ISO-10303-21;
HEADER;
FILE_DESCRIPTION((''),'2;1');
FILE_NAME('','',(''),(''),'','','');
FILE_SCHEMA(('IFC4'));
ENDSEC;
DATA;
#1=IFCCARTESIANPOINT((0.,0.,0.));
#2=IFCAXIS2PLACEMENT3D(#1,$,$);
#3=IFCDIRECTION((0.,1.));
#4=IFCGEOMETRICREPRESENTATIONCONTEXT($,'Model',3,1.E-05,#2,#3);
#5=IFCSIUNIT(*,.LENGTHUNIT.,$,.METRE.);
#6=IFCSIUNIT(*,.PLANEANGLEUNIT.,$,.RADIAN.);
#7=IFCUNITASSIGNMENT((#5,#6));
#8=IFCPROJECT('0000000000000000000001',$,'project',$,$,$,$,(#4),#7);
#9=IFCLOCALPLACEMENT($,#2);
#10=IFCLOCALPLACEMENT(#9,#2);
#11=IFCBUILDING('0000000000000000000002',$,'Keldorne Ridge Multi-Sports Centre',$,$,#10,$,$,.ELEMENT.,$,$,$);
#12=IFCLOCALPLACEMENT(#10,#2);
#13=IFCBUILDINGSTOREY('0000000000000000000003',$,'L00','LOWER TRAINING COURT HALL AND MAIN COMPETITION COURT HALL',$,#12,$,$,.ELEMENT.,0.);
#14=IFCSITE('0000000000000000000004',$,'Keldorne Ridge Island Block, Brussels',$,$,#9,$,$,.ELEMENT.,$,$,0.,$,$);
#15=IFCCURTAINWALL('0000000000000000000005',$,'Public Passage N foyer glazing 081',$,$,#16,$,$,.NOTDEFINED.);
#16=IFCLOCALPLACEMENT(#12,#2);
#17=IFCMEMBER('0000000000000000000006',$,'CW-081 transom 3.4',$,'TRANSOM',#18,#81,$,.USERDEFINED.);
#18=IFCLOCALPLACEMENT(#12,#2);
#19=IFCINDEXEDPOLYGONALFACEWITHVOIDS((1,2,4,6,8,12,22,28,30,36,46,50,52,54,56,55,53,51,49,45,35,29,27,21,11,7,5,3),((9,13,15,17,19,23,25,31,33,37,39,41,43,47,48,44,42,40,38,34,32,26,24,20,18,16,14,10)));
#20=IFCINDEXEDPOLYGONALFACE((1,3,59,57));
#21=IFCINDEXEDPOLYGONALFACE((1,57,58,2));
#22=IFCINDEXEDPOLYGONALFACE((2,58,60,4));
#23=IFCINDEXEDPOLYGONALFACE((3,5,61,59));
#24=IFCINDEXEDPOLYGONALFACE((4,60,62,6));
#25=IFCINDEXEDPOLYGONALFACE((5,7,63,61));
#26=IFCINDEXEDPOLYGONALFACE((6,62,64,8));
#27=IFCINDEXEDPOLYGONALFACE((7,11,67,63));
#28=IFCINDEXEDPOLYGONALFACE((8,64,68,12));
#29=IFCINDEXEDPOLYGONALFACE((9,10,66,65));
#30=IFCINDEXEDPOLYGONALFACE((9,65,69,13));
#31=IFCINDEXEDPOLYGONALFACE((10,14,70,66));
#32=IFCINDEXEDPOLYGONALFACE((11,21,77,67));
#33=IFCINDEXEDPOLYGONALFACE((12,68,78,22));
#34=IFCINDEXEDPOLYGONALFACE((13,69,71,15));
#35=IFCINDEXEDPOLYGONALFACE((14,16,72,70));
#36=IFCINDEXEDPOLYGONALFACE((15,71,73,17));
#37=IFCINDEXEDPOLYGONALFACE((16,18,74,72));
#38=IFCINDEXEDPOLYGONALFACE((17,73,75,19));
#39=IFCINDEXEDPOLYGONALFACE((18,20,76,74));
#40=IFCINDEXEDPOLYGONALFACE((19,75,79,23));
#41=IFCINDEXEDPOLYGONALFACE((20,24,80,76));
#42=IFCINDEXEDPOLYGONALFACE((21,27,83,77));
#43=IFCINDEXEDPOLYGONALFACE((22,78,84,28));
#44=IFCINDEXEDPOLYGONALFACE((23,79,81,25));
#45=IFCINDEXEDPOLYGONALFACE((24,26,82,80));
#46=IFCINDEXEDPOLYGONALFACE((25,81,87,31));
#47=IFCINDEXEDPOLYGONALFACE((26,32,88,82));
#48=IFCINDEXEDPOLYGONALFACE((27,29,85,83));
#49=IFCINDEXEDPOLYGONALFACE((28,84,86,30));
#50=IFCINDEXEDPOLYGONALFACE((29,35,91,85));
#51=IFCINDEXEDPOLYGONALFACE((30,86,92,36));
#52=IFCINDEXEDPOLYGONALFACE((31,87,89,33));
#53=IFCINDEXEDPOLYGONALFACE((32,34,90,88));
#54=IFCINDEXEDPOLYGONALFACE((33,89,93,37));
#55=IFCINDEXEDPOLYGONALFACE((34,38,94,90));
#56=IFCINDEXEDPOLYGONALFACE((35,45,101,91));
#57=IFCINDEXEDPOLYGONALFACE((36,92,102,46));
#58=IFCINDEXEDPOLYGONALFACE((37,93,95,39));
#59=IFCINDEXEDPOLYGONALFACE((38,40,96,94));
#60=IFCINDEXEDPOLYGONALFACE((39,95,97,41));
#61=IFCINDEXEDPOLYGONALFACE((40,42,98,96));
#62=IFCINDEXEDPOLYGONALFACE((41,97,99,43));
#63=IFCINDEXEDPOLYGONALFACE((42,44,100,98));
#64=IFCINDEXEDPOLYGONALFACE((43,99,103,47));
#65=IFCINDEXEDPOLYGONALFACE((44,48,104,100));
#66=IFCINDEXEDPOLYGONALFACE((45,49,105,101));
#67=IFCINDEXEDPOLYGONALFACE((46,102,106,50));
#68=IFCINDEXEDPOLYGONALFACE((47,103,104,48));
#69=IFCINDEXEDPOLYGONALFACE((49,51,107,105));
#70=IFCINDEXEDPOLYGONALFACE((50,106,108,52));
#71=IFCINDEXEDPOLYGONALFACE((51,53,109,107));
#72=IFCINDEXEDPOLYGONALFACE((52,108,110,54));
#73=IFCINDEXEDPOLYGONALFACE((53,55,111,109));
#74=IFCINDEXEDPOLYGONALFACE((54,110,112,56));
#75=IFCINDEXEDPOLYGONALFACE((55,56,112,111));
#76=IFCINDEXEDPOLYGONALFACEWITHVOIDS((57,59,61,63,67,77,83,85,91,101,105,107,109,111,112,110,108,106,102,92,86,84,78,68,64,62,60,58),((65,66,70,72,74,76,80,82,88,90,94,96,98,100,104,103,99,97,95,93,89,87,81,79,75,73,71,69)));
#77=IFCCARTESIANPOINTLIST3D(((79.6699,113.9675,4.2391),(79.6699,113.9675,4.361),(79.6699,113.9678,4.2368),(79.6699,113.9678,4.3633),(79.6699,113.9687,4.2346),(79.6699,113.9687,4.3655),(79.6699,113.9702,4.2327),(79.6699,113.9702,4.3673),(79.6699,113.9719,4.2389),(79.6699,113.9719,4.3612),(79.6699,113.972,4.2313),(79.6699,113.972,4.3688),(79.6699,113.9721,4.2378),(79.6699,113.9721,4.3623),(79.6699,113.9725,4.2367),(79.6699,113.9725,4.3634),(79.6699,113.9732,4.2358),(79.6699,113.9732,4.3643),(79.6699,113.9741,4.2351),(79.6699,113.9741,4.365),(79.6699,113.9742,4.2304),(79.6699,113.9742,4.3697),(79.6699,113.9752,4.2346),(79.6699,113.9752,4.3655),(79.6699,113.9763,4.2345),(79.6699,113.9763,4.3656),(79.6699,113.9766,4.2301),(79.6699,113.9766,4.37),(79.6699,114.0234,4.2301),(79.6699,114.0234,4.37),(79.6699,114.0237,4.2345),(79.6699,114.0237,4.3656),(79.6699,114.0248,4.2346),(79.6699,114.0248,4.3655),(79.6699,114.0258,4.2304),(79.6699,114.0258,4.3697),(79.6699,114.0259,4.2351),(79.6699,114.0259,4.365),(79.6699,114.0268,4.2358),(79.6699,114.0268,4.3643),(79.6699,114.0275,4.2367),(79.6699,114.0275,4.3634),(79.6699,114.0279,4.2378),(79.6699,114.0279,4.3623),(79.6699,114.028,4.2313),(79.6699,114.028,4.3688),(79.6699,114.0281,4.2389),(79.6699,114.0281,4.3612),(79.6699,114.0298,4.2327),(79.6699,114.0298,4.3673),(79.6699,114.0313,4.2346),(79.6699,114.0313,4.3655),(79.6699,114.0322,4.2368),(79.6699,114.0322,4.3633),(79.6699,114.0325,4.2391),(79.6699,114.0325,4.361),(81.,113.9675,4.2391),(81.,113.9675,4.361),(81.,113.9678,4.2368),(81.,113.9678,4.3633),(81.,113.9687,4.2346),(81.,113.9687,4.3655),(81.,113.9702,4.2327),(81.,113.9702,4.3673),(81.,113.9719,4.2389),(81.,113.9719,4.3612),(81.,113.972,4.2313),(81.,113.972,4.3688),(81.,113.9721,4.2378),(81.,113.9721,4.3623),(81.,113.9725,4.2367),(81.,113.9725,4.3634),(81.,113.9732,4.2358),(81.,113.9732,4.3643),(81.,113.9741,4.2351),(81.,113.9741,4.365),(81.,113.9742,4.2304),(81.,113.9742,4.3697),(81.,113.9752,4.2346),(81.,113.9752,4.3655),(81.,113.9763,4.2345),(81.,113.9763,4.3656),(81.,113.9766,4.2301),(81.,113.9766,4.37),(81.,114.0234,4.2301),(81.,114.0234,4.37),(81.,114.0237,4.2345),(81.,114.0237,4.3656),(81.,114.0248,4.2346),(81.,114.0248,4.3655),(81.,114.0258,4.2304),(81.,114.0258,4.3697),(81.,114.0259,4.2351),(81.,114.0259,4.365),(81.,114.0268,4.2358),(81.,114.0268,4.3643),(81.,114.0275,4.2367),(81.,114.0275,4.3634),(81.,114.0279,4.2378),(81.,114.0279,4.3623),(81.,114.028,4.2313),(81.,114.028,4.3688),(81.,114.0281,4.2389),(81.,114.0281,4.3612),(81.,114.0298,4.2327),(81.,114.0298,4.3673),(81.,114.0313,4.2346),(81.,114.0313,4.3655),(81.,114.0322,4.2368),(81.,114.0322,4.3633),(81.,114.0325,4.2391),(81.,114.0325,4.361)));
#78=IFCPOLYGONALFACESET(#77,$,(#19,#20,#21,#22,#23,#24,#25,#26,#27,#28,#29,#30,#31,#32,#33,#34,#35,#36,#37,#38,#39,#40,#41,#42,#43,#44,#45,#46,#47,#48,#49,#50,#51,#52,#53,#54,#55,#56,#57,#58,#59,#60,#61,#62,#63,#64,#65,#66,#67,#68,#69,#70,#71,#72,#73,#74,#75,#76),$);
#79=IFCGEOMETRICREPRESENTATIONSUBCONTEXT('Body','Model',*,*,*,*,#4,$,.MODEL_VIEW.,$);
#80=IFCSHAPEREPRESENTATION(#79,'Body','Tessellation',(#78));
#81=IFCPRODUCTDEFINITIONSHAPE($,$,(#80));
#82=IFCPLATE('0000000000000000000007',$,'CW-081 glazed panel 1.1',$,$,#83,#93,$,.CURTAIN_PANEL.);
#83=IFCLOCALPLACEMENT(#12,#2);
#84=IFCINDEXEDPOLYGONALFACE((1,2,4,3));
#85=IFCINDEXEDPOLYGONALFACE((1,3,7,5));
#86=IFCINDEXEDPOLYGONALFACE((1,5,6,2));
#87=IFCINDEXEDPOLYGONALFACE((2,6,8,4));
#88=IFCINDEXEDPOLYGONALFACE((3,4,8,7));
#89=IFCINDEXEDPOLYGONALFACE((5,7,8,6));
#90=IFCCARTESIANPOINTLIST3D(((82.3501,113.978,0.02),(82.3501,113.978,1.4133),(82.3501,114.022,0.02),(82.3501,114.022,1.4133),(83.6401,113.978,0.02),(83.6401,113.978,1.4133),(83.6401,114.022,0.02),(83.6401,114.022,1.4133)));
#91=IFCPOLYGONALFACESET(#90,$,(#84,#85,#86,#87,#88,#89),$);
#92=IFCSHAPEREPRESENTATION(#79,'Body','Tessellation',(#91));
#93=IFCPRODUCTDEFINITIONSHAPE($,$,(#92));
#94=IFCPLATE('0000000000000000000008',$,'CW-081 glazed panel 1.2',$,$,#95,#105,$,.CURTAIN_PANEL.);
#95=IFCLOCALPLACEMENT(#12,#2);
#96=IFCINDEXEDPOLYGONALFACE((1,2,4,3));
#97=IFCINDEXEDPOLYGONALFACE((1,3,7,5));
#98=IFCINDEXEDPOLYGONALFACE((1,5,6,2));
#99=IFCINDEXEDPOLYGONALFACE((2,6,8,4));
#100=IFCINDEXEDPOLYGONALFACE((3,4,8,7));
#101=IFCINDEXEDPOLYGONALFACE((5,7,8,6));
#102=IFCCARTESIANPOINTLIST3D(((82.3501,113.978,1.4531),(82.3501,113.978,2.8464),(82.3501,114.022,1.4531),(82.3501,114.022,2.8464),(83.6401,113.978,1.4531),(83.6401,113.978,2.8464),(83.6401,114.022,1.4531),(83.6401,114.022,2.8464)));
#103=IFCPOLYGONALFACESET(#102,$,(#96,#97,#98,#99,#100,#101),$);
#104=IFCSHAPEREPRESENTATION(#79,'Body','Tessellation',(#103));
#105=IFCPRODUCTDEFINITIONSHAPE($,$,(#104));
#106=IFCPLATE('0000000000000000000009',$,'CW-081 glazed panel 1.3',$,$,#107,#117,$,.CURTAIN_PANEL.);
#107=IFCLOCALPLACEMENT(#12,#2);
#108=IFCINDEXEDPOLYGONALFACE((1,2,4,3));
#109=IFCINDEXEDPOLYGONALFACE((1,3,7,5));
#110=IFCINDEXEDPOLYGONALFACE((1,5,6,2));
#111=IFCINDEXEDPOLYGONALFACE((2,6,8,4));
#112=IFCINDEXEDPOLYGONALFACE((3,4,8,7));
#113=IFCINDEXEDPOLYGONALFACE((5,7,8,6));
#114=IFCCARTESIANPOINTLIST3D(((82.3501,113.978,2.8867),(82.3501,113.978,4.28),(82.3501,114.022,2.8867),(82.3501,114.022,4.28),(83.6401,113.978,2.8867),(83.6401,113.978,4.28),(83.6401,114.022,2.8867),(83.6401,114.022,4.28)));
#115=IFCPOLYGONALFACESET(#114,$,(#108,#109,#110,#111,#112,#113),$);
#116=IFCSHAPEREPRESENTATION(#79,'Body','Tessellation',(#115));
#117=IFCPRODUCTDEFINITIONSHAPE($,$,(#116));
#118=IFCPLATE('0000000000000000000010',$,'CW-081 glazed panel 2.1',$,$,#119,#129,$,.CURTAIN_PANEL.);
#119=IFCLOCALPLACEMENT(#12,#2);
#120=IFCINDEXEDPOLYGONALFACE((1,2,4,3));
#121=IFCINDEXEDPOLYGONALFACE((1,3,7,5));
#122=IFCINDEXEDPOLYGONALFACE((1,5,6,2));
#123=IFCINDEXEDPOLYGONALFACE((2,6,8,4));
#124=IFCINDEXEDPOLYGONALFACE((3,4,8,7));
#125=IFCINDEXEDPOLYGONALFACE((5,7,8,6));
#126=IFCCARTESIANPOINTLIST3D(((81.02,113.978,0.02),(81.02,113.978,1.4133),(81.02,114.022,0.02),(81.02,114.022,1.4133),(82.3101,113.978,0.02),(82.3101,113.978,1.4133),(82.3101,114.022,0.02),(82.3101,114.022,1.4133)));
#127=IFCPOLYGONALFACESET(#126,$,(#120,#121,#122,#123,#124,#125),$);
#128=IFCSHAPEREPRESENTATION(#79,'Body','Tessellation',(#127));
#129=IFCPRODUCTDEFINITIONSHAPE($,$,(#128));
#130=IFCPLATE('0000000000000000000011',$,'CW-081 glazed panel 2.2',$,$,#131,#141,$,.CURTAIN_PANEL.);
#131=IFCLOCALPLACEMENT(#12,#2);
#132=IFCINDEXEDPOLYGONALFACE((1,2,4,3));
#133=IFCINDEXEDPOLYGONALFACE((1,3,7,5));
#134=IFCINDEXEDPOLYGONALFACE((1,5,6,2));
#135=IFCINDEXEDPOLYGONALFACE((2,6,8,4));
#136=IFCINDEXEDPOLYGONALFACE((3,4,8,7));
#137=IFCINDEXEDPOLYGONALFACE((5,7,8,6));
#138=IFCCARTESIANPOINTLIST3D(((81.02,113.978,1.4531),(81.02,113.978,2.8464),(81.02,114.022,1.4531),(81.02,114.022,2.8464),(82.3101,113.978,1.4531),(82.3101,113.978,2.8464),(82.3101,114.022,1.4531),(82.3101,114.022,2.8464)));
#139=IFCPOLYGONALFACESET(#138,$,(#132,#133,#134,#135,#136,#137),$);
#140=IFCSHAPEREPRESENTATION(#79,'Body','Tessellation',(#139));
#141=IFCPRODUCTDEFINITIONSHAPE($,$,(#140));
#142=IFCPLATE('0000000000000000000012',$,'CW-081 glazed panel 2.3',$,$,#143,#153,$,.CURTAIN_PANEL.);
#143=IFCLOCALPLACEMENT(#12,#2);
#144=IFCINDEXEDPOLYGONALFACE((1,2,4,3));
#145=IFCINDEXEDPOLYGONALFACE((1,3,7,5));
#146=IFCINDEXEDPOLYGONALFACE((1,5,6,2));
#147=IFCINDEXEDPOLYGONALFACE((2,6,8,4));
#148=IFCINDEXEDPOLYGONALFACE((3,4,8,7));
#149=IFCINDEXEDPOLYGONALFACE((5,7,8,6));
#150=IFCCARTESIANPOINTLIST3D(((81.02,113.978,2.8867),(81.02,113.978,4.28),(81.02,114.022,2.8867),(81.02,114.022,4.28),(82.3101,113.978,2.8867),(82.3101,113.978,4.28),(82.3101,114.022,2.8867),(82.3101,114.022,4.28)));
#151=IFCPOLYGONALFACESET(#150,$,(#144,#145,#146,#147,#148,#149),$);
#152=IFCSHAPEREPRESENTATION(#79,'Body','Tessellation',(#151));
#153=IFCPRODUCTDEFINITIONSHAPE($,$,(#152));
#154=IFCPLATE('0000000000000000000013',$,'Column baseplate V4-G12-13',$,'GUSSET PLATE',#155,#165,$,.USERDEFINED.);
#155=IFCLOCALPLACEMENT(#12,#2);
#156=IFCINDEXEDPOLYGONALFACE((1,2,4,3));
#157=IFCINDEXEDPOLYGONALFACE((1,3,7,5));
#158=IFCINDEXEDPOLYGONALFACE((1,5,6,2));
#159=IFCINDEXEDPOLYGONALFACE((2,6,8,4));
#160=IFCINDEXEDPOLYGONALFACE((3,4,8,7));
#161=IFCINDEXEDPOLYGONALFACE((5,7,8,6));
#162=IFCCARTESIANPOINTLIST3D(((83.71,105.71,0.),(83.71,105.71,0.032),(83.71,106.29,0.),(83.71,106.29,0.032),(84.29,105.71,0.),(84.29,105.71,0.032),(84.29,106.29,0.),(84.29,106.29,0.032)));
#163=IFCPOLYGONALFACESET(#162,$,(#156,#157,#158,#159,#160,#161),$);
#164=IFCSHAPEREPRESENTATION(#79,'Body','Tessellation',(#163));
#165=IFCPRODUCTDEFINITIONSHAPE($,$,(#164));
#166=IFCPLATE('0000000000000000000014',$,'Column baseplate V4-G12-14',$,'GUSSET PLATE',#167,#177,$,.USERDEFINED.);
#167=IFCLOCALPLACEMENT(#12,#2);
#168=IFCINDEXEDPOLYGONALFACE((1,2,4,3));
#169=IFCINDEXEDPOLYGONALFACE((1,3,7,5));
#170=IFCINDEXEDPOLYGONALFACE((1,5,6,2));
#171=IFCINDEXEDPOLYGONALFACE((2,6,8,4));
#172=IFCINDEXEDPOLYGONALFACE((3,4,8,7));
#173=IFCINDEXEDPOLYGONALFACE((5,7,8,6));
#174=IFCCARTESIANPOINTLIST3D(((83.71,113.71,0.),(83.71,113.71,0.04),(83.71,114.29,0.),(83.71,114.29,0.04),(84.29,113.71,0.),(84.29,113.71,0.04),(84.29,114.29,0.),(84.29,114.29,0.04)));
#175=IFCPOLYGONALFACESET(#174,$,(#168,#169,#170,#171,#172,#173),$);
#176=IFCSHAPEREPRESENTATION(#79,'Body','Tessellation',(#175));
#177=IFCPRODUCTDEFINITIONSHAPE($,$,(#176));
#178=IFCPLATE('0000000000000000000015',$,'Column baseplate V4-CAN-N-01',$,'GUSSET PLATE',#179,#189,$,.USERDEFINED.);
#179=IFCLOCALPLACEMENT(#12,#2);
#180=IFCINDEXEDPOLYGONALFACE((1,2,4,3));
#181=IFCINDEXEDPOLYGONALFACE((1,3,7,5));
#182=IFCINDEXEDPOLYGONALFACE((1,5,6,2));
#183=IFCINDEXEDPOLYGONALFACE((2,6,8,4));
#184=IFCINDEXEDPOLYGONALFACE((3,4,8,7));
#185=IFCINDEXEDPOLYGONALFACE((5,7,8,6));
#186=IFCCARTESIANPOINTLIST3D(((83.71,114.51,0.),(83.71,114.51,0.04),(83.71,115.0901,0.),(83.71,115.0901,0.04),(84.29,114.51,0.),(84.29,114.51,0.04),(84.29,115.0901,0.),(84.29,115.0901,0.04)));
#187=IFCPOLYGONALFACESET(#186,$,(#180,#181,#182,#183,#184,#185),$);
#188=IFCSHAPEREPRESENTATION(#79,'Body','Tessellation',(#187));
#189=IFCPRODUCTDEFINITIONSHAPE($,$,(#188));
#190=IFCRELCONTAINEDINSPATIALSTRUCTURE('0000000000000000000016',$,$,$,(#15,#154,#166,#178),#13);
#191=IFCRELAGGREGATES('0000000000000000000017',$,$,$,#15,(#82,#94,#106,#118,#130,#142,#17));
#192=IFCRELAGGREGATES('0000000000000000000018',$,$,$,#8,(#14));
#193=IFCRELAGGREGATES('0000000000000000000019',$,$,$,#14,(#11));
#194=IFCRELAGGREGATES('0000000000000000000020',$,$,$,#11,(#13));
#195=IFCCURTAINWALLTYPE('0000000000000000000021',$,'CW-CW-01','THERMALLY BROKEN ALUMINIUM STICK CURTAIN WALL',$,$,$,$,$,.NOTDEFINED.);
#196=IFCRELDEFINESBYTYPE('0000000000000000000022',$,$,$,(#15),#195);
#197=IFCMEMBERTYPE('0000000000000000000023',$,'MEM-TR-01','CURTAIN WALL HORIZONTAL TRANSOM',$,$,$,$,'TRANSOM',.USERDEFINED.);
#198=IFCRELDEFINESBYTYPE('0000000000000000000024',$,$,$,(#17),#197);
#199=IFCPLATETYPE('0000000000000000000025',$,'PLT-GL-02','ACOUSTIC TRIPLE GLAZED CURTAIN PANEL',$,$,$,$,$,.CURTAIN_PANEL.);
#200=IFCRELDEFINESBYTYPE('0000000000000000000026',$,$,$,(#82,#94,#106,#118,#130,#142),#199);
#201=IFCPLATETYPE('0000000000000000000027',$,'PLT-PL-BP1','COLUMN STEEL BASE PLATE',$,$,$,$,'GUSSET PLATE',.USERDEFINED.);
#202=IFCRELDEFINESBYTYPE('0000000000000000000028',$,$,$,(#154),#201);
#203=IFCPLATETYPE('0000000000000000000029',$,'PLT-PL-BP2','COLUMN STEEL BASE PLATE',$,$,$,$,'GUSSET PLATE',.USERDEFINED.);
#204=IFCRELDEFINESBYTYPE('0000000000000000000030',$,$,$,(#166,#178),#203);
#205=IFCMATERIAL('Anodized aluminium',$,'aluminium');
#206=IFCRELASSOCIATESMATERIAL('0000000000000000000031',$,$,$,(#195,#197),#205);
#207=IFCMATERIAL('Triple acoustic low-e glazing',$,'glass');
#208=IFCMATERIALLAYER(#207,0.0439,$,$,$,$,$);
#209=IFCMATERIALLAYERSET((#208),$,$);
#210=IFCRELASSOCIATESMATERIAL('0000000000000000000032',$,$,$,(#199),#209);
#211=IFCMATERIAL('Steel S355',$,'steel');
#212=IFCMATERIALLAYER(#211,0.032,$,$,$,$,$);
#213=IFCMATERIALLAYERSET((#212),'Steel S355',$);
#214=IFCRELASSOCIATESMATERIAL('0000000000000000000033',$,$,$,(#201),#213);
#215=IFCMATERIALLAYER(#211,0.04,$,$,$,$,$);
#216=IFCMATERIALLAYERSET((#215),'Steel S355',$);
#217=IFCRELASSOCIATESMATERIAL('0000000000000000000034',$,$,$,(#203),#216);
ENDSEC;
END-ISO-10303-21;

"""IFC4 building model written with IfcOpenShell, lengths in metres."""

from ifc_helpers import new_model, si_unit, direction, frame, origin, origin_2d, place, context, subcontext, project, spatial, rectangle, hollow_rectangle, extrude, material, layer, layer_set, material_profile, profile_set, type_object, element, aggregate, save


model = new_model("IFC4")

# Units and contexts
model_context = context("Model", 3, precision=1e-05, world=origin(), true_north=direction((0.0, 1.0)))
body_context = subcontext(model_context, "Body", "Model", "MODEL_VIEW")
ifc_project = project(units=[si_unit("LENGTHUNIT", "METRE"), si_unit("PLANEANGLEUNIT", "RADIAN")], contexts=[model_context])

# Site, building, storey
site_placement = place(None, origin())
site = spatial("IfcSite", under=ifc_project, at=site_placement, Name="Keldorne Ridge Island Block, Brussels", CompositionType="ELEMENT", RefElevation=0.0)
building_placement = place(site_placement, origin())
building = spatial("IfcBuilding", under=site, at=building_placement, Name="Keldorne Ridge Multi-Sports Centre", CompositionType="ELEMENT")
storey_placement = place(building_placement, origin())
storey = spatial("IfcBuildingStorey", under=building, at=storey_placement, Name="L00", Description="LOWER TRAINING COURT HALL AND MAIN COMPETITION COURT HALL", CompositionType="ELEMENT", Elevation=0.0)

# Shared definitions
ifc_material_1 = material(Name="Steel S355", Category="steel")

# Curtain wall, member, plates
ifc_material_2 = material(Name="Anodized aluminium", Category="aluminium")
curtain_wall_type = type_object("IfcCurtainWallType", Name="CW-CW-01", Description="THERMALLY BROKEN ALUMINIUM STICK CURTAIN WALL", PredefinedType="NOTDEFINED", material=ifc_material_2)
curtain_wall_placement = place(storey_placement, origin())
curtain_wall = element("IfcCurtainWall", 1, at=curtain_wall_placement, inside=storey, type_object=curtain_wall_type, Name="Public Passage N foyer glazing 081", PredefinedType="NOTDEFINED")
ifc_material_profile_1 = material_profile(ifc_material_2, hollow_rectangle(XDim=0.0649, YDim=0.1399, WallThickness=0.0044, InnerFilletRadius=0.0044, OuterFilletRadius=0.009, at=origin_2d()), Name="ALU TRANSOM 140x65x4.5")
ifc_profile_set_1 = profile_set([ifc_material_profile_1], Name="Anodized aluminium")
member_type_1 = type_object("IfcMemberType", Name="MEM-TR-01", Description="CURTAIN WALL HORIZONTAL TRANSOM", ElementType="TRANSOM", PredefinedType="USERDEFINED", material=ifc_profile_set_1)
member_1_placement = place(storey_placement, frame((81.0, 114.0, 4.3), z_axis=(-1.0, 0.0, 0.0), x_axis=(0.0, -1.0, 0.0)))
member_1 = element("IfcMember", 2, at=member_1_placement, type_object=member_type_1, Name="CW-081 transom 3.4", ObjectType="TRANSOM", PredefinedType="USERDEFINED", context=body_context, shape_type="SweptSolid", body=[
    extrude(hollow_rectangle(XDim=0.0649, YDim=0.1399, WallThickness=0.0044, InnerFilletRadius=0.0044, OuterFilletRadius=0.009, at=origin_2d()), origin(), (0.0, 0.0, 1.0), 1.3301),
])
ifc_material_3 = material(Name="Triple acoustic low-e glazing", Category="glass")
ifc_layer_1 = layer(ifc_material_3, 0.0439)
ifc_layer_set_1 = layer_set([ifc_layer_1])
plate_type_1 = type_object("IfcPlateType", Name="PLT-GL-02", Description="ACOUSTIC TRIPLE GLAZED CURTAIN PANEL", PredefinedType="CURTAIN_PANEL", material=ifc_layer_set_1)
plate_1_placement = place(storey_placement, frame((82.9951, 114.0, 0.02), z_axis=(0.0, 0.0, 1.0), x_axis=(-1.0, 0.0, 0.0)))
plate_1 = element("IfcPlate", 3, at=plate_1_placement, type_object=plate_type_1, Name="CW-081 glazed panel 1.1", PredefinedType="CURTAIN_PANEL", context=body_context, shape_type="SweptSolid", body=[
    extrude(rectangle(XDim=1.29, YDim=0.0439, at=origin_2d()), origin(), (0.0, 0.0, 1.0), 1.3933),
])
plate_2_placement = place(storey_placement, frame((82.9951, 114.0, 1.4531), z_axis=(0.0, 0.0, 1.0), x_axis=(-1.0, 0.0, 0.0)))
plate_2 = element("IfcPlate", 4, at=plate_2_placement, type_object=plate_type_1, Name="CW-081 glazed panel 1.2", PredefinedType="CURTAIN_PANEL", context=body_context, shape_type="SweptSolid", body=[
    extrude(rectangle(XDim=1.29, YDim=0.0439, at=origin_2d()), origin(), (0.0, 0.0, 1.0), 1.3933),
])
plate_3_placement = place(storey_placement, frame((82.9951, 114.0, 2.8867), z_axis=(0.0, 0.0, 1.0), x_axis=(-1.0, 0.0, 0.0)))
plate_3 = element("IfcPlate", 5, at=plate_3_placement, type_object=plate_type_1, Name="CW-081 glazed panel 1.3", PredefinedType="CURTAIN_PANEL", context=body_context, shape_type="SweptSolid", body=[
    extrude(rectangle(XDim=1.29, YDim=0.0439, at=origin_2d()), origin(), (0.0, 0.0, 1.0), 1.3933),
])
plate_4_placement = place(storey_placement, frame((81.665, 114.0, 0.02), z_axis=(0.0, 0.0, 1.0), x_axis=(-1.0, 0.0, 0.0)))
plate_4 = element("IfcPlate", 6, at=plate_4_placement, type_object=plate_type_1, Name="CW-081 glazed panel 2.1", PredefinedType="CURTAIN_PANEL", context=body_context, shape_type="SweptSolid", body=[
    extrude(rectangle(XDim=1.29, YDim=0.0439, at=origin_2d()), origin(), (0.0, 0.0, 1.0), 1.3933),
])
plate_5_placement = place(storey_placement, frame((81.665, 114.0, 1.4531), z_axis=(0.0, 0.0, 1.0), x_axis=(-1.0, 0.0, 0.0)))
plate_5 = element("IfcPlate", 7, at=plate_5_placement, type_object=plate_type_1, Name="CW-081 glazed panel 2.2", PredefinedType="CURTAIN_PANEL", context=body_context, shape_type="SweptSolid", body=[
    extrude(rectangle(XDim=1.29, YDim=0.0439, at=origin_2d()), origin(), (0.0, 0.0, 1.0), 1.3933),
])
plate_6_placement = place(storey_placement, frame((81.665, 114.0, 2.8867), z_axis=(0.0, 0.0, 1.0), x_axis=(-1.0, 0.0, 0.0)))
plate_6 = element("IfcPlate", 8, at=plate_6_placement, type_object=plate_type_1, Name="CW-081 glazed panel 2.3", PredefinedType="CURTAIN_PANEL", context=body_context, shape_type="SweptSolid", body=[
    extrude(rectangle(XDim=1.29, YDim=0.0439, at=origin_2d()), origin(), (0.0, 0.0, 1.0), 1.3933),
])
aggregate(curtain_wall, [plate_1, plate_2, plate_3, plate_4, plate_5, plate_6, member_1])

# Plates
ifc_layer_2 = layer(ifc_material_1, 0.032)
ifc_layer_set_2 = layer_set([ifc_layer_2], Name="Steel S355")
plate_type_2 = type_object("IfcPlateType", Name="PLT-PL-BP1", Description="COLUMN STEEL BASE PLATE", ElementType="GUSSET PLATE", PredefinedType="USERDEFINED", material=ifc_layer_set_2)
plate_7_placement = place(storey_placement, frame((84.0, 106.0, 0.0), z_axis=(0.0, 0.0, 1.0), x_axis=(1.0, 0.0, 0.0)))
element("IfcPlate", 9, at=plate_7_placement, inside=storey, type_object=plate_type_2, Name="Column baseplate V4-G12-13", ObjectType="GUSSET PLATE", PredefinedType="USERDEFINED", context=body_context, shape_type="SweptSolid", body=[
    extrude(rectangle(XDim=0.5801, YDim=0.5801, at=origin_2d()), origin(), (0.0, 0.0, 1.0), 0.032),
])
ifc_layer_3 = layer(ifc_material_1, 0.04)
ifc_layer_set_3 = layer_set([ifc_layer_3], Name="Steel S355")
plate_type_3 = type_object("IfcPlateType", Name="PLT-PL-BP2", Description="COLUMN STEEL BASE PLATE", ElementType="GUSSET PLATE", PredefinedType="USERDEFINED", material=ifc_layer_set_3)
for number, where, z_axis, x_axis, name in (
    (10, (84.0, 114.0, 0.0), (0.0, 0.0, 1.0), (1.0, 0.0, 0.0), "Column baseplate V4-G12-14"),
    (11, (84.0, 114.8, 0.0), (0.0, 0.0, 1.0), (1.0, 0.0, 0.0), "Column baseplate V4-CAN-N-01"),
):
    element("IfcPlate", number, at=place(storey_placement, frame(where, z_axis=z_axis, x_axis=x_axis)), inside=storey, type_object=plate_type_3, Name=name, ObjectType="GUSSET PLATE", PredefinedType="USERDEFINED", context=body_context, shape_type="SweptSolid", body=[
        extrude(rectangle(XDim=0.5801, YDim=0.5801, at=origin_2d()), origin(), (0.0, 0.0, 1.0), 0.04),
    ])

save(model, "model.ifc")
